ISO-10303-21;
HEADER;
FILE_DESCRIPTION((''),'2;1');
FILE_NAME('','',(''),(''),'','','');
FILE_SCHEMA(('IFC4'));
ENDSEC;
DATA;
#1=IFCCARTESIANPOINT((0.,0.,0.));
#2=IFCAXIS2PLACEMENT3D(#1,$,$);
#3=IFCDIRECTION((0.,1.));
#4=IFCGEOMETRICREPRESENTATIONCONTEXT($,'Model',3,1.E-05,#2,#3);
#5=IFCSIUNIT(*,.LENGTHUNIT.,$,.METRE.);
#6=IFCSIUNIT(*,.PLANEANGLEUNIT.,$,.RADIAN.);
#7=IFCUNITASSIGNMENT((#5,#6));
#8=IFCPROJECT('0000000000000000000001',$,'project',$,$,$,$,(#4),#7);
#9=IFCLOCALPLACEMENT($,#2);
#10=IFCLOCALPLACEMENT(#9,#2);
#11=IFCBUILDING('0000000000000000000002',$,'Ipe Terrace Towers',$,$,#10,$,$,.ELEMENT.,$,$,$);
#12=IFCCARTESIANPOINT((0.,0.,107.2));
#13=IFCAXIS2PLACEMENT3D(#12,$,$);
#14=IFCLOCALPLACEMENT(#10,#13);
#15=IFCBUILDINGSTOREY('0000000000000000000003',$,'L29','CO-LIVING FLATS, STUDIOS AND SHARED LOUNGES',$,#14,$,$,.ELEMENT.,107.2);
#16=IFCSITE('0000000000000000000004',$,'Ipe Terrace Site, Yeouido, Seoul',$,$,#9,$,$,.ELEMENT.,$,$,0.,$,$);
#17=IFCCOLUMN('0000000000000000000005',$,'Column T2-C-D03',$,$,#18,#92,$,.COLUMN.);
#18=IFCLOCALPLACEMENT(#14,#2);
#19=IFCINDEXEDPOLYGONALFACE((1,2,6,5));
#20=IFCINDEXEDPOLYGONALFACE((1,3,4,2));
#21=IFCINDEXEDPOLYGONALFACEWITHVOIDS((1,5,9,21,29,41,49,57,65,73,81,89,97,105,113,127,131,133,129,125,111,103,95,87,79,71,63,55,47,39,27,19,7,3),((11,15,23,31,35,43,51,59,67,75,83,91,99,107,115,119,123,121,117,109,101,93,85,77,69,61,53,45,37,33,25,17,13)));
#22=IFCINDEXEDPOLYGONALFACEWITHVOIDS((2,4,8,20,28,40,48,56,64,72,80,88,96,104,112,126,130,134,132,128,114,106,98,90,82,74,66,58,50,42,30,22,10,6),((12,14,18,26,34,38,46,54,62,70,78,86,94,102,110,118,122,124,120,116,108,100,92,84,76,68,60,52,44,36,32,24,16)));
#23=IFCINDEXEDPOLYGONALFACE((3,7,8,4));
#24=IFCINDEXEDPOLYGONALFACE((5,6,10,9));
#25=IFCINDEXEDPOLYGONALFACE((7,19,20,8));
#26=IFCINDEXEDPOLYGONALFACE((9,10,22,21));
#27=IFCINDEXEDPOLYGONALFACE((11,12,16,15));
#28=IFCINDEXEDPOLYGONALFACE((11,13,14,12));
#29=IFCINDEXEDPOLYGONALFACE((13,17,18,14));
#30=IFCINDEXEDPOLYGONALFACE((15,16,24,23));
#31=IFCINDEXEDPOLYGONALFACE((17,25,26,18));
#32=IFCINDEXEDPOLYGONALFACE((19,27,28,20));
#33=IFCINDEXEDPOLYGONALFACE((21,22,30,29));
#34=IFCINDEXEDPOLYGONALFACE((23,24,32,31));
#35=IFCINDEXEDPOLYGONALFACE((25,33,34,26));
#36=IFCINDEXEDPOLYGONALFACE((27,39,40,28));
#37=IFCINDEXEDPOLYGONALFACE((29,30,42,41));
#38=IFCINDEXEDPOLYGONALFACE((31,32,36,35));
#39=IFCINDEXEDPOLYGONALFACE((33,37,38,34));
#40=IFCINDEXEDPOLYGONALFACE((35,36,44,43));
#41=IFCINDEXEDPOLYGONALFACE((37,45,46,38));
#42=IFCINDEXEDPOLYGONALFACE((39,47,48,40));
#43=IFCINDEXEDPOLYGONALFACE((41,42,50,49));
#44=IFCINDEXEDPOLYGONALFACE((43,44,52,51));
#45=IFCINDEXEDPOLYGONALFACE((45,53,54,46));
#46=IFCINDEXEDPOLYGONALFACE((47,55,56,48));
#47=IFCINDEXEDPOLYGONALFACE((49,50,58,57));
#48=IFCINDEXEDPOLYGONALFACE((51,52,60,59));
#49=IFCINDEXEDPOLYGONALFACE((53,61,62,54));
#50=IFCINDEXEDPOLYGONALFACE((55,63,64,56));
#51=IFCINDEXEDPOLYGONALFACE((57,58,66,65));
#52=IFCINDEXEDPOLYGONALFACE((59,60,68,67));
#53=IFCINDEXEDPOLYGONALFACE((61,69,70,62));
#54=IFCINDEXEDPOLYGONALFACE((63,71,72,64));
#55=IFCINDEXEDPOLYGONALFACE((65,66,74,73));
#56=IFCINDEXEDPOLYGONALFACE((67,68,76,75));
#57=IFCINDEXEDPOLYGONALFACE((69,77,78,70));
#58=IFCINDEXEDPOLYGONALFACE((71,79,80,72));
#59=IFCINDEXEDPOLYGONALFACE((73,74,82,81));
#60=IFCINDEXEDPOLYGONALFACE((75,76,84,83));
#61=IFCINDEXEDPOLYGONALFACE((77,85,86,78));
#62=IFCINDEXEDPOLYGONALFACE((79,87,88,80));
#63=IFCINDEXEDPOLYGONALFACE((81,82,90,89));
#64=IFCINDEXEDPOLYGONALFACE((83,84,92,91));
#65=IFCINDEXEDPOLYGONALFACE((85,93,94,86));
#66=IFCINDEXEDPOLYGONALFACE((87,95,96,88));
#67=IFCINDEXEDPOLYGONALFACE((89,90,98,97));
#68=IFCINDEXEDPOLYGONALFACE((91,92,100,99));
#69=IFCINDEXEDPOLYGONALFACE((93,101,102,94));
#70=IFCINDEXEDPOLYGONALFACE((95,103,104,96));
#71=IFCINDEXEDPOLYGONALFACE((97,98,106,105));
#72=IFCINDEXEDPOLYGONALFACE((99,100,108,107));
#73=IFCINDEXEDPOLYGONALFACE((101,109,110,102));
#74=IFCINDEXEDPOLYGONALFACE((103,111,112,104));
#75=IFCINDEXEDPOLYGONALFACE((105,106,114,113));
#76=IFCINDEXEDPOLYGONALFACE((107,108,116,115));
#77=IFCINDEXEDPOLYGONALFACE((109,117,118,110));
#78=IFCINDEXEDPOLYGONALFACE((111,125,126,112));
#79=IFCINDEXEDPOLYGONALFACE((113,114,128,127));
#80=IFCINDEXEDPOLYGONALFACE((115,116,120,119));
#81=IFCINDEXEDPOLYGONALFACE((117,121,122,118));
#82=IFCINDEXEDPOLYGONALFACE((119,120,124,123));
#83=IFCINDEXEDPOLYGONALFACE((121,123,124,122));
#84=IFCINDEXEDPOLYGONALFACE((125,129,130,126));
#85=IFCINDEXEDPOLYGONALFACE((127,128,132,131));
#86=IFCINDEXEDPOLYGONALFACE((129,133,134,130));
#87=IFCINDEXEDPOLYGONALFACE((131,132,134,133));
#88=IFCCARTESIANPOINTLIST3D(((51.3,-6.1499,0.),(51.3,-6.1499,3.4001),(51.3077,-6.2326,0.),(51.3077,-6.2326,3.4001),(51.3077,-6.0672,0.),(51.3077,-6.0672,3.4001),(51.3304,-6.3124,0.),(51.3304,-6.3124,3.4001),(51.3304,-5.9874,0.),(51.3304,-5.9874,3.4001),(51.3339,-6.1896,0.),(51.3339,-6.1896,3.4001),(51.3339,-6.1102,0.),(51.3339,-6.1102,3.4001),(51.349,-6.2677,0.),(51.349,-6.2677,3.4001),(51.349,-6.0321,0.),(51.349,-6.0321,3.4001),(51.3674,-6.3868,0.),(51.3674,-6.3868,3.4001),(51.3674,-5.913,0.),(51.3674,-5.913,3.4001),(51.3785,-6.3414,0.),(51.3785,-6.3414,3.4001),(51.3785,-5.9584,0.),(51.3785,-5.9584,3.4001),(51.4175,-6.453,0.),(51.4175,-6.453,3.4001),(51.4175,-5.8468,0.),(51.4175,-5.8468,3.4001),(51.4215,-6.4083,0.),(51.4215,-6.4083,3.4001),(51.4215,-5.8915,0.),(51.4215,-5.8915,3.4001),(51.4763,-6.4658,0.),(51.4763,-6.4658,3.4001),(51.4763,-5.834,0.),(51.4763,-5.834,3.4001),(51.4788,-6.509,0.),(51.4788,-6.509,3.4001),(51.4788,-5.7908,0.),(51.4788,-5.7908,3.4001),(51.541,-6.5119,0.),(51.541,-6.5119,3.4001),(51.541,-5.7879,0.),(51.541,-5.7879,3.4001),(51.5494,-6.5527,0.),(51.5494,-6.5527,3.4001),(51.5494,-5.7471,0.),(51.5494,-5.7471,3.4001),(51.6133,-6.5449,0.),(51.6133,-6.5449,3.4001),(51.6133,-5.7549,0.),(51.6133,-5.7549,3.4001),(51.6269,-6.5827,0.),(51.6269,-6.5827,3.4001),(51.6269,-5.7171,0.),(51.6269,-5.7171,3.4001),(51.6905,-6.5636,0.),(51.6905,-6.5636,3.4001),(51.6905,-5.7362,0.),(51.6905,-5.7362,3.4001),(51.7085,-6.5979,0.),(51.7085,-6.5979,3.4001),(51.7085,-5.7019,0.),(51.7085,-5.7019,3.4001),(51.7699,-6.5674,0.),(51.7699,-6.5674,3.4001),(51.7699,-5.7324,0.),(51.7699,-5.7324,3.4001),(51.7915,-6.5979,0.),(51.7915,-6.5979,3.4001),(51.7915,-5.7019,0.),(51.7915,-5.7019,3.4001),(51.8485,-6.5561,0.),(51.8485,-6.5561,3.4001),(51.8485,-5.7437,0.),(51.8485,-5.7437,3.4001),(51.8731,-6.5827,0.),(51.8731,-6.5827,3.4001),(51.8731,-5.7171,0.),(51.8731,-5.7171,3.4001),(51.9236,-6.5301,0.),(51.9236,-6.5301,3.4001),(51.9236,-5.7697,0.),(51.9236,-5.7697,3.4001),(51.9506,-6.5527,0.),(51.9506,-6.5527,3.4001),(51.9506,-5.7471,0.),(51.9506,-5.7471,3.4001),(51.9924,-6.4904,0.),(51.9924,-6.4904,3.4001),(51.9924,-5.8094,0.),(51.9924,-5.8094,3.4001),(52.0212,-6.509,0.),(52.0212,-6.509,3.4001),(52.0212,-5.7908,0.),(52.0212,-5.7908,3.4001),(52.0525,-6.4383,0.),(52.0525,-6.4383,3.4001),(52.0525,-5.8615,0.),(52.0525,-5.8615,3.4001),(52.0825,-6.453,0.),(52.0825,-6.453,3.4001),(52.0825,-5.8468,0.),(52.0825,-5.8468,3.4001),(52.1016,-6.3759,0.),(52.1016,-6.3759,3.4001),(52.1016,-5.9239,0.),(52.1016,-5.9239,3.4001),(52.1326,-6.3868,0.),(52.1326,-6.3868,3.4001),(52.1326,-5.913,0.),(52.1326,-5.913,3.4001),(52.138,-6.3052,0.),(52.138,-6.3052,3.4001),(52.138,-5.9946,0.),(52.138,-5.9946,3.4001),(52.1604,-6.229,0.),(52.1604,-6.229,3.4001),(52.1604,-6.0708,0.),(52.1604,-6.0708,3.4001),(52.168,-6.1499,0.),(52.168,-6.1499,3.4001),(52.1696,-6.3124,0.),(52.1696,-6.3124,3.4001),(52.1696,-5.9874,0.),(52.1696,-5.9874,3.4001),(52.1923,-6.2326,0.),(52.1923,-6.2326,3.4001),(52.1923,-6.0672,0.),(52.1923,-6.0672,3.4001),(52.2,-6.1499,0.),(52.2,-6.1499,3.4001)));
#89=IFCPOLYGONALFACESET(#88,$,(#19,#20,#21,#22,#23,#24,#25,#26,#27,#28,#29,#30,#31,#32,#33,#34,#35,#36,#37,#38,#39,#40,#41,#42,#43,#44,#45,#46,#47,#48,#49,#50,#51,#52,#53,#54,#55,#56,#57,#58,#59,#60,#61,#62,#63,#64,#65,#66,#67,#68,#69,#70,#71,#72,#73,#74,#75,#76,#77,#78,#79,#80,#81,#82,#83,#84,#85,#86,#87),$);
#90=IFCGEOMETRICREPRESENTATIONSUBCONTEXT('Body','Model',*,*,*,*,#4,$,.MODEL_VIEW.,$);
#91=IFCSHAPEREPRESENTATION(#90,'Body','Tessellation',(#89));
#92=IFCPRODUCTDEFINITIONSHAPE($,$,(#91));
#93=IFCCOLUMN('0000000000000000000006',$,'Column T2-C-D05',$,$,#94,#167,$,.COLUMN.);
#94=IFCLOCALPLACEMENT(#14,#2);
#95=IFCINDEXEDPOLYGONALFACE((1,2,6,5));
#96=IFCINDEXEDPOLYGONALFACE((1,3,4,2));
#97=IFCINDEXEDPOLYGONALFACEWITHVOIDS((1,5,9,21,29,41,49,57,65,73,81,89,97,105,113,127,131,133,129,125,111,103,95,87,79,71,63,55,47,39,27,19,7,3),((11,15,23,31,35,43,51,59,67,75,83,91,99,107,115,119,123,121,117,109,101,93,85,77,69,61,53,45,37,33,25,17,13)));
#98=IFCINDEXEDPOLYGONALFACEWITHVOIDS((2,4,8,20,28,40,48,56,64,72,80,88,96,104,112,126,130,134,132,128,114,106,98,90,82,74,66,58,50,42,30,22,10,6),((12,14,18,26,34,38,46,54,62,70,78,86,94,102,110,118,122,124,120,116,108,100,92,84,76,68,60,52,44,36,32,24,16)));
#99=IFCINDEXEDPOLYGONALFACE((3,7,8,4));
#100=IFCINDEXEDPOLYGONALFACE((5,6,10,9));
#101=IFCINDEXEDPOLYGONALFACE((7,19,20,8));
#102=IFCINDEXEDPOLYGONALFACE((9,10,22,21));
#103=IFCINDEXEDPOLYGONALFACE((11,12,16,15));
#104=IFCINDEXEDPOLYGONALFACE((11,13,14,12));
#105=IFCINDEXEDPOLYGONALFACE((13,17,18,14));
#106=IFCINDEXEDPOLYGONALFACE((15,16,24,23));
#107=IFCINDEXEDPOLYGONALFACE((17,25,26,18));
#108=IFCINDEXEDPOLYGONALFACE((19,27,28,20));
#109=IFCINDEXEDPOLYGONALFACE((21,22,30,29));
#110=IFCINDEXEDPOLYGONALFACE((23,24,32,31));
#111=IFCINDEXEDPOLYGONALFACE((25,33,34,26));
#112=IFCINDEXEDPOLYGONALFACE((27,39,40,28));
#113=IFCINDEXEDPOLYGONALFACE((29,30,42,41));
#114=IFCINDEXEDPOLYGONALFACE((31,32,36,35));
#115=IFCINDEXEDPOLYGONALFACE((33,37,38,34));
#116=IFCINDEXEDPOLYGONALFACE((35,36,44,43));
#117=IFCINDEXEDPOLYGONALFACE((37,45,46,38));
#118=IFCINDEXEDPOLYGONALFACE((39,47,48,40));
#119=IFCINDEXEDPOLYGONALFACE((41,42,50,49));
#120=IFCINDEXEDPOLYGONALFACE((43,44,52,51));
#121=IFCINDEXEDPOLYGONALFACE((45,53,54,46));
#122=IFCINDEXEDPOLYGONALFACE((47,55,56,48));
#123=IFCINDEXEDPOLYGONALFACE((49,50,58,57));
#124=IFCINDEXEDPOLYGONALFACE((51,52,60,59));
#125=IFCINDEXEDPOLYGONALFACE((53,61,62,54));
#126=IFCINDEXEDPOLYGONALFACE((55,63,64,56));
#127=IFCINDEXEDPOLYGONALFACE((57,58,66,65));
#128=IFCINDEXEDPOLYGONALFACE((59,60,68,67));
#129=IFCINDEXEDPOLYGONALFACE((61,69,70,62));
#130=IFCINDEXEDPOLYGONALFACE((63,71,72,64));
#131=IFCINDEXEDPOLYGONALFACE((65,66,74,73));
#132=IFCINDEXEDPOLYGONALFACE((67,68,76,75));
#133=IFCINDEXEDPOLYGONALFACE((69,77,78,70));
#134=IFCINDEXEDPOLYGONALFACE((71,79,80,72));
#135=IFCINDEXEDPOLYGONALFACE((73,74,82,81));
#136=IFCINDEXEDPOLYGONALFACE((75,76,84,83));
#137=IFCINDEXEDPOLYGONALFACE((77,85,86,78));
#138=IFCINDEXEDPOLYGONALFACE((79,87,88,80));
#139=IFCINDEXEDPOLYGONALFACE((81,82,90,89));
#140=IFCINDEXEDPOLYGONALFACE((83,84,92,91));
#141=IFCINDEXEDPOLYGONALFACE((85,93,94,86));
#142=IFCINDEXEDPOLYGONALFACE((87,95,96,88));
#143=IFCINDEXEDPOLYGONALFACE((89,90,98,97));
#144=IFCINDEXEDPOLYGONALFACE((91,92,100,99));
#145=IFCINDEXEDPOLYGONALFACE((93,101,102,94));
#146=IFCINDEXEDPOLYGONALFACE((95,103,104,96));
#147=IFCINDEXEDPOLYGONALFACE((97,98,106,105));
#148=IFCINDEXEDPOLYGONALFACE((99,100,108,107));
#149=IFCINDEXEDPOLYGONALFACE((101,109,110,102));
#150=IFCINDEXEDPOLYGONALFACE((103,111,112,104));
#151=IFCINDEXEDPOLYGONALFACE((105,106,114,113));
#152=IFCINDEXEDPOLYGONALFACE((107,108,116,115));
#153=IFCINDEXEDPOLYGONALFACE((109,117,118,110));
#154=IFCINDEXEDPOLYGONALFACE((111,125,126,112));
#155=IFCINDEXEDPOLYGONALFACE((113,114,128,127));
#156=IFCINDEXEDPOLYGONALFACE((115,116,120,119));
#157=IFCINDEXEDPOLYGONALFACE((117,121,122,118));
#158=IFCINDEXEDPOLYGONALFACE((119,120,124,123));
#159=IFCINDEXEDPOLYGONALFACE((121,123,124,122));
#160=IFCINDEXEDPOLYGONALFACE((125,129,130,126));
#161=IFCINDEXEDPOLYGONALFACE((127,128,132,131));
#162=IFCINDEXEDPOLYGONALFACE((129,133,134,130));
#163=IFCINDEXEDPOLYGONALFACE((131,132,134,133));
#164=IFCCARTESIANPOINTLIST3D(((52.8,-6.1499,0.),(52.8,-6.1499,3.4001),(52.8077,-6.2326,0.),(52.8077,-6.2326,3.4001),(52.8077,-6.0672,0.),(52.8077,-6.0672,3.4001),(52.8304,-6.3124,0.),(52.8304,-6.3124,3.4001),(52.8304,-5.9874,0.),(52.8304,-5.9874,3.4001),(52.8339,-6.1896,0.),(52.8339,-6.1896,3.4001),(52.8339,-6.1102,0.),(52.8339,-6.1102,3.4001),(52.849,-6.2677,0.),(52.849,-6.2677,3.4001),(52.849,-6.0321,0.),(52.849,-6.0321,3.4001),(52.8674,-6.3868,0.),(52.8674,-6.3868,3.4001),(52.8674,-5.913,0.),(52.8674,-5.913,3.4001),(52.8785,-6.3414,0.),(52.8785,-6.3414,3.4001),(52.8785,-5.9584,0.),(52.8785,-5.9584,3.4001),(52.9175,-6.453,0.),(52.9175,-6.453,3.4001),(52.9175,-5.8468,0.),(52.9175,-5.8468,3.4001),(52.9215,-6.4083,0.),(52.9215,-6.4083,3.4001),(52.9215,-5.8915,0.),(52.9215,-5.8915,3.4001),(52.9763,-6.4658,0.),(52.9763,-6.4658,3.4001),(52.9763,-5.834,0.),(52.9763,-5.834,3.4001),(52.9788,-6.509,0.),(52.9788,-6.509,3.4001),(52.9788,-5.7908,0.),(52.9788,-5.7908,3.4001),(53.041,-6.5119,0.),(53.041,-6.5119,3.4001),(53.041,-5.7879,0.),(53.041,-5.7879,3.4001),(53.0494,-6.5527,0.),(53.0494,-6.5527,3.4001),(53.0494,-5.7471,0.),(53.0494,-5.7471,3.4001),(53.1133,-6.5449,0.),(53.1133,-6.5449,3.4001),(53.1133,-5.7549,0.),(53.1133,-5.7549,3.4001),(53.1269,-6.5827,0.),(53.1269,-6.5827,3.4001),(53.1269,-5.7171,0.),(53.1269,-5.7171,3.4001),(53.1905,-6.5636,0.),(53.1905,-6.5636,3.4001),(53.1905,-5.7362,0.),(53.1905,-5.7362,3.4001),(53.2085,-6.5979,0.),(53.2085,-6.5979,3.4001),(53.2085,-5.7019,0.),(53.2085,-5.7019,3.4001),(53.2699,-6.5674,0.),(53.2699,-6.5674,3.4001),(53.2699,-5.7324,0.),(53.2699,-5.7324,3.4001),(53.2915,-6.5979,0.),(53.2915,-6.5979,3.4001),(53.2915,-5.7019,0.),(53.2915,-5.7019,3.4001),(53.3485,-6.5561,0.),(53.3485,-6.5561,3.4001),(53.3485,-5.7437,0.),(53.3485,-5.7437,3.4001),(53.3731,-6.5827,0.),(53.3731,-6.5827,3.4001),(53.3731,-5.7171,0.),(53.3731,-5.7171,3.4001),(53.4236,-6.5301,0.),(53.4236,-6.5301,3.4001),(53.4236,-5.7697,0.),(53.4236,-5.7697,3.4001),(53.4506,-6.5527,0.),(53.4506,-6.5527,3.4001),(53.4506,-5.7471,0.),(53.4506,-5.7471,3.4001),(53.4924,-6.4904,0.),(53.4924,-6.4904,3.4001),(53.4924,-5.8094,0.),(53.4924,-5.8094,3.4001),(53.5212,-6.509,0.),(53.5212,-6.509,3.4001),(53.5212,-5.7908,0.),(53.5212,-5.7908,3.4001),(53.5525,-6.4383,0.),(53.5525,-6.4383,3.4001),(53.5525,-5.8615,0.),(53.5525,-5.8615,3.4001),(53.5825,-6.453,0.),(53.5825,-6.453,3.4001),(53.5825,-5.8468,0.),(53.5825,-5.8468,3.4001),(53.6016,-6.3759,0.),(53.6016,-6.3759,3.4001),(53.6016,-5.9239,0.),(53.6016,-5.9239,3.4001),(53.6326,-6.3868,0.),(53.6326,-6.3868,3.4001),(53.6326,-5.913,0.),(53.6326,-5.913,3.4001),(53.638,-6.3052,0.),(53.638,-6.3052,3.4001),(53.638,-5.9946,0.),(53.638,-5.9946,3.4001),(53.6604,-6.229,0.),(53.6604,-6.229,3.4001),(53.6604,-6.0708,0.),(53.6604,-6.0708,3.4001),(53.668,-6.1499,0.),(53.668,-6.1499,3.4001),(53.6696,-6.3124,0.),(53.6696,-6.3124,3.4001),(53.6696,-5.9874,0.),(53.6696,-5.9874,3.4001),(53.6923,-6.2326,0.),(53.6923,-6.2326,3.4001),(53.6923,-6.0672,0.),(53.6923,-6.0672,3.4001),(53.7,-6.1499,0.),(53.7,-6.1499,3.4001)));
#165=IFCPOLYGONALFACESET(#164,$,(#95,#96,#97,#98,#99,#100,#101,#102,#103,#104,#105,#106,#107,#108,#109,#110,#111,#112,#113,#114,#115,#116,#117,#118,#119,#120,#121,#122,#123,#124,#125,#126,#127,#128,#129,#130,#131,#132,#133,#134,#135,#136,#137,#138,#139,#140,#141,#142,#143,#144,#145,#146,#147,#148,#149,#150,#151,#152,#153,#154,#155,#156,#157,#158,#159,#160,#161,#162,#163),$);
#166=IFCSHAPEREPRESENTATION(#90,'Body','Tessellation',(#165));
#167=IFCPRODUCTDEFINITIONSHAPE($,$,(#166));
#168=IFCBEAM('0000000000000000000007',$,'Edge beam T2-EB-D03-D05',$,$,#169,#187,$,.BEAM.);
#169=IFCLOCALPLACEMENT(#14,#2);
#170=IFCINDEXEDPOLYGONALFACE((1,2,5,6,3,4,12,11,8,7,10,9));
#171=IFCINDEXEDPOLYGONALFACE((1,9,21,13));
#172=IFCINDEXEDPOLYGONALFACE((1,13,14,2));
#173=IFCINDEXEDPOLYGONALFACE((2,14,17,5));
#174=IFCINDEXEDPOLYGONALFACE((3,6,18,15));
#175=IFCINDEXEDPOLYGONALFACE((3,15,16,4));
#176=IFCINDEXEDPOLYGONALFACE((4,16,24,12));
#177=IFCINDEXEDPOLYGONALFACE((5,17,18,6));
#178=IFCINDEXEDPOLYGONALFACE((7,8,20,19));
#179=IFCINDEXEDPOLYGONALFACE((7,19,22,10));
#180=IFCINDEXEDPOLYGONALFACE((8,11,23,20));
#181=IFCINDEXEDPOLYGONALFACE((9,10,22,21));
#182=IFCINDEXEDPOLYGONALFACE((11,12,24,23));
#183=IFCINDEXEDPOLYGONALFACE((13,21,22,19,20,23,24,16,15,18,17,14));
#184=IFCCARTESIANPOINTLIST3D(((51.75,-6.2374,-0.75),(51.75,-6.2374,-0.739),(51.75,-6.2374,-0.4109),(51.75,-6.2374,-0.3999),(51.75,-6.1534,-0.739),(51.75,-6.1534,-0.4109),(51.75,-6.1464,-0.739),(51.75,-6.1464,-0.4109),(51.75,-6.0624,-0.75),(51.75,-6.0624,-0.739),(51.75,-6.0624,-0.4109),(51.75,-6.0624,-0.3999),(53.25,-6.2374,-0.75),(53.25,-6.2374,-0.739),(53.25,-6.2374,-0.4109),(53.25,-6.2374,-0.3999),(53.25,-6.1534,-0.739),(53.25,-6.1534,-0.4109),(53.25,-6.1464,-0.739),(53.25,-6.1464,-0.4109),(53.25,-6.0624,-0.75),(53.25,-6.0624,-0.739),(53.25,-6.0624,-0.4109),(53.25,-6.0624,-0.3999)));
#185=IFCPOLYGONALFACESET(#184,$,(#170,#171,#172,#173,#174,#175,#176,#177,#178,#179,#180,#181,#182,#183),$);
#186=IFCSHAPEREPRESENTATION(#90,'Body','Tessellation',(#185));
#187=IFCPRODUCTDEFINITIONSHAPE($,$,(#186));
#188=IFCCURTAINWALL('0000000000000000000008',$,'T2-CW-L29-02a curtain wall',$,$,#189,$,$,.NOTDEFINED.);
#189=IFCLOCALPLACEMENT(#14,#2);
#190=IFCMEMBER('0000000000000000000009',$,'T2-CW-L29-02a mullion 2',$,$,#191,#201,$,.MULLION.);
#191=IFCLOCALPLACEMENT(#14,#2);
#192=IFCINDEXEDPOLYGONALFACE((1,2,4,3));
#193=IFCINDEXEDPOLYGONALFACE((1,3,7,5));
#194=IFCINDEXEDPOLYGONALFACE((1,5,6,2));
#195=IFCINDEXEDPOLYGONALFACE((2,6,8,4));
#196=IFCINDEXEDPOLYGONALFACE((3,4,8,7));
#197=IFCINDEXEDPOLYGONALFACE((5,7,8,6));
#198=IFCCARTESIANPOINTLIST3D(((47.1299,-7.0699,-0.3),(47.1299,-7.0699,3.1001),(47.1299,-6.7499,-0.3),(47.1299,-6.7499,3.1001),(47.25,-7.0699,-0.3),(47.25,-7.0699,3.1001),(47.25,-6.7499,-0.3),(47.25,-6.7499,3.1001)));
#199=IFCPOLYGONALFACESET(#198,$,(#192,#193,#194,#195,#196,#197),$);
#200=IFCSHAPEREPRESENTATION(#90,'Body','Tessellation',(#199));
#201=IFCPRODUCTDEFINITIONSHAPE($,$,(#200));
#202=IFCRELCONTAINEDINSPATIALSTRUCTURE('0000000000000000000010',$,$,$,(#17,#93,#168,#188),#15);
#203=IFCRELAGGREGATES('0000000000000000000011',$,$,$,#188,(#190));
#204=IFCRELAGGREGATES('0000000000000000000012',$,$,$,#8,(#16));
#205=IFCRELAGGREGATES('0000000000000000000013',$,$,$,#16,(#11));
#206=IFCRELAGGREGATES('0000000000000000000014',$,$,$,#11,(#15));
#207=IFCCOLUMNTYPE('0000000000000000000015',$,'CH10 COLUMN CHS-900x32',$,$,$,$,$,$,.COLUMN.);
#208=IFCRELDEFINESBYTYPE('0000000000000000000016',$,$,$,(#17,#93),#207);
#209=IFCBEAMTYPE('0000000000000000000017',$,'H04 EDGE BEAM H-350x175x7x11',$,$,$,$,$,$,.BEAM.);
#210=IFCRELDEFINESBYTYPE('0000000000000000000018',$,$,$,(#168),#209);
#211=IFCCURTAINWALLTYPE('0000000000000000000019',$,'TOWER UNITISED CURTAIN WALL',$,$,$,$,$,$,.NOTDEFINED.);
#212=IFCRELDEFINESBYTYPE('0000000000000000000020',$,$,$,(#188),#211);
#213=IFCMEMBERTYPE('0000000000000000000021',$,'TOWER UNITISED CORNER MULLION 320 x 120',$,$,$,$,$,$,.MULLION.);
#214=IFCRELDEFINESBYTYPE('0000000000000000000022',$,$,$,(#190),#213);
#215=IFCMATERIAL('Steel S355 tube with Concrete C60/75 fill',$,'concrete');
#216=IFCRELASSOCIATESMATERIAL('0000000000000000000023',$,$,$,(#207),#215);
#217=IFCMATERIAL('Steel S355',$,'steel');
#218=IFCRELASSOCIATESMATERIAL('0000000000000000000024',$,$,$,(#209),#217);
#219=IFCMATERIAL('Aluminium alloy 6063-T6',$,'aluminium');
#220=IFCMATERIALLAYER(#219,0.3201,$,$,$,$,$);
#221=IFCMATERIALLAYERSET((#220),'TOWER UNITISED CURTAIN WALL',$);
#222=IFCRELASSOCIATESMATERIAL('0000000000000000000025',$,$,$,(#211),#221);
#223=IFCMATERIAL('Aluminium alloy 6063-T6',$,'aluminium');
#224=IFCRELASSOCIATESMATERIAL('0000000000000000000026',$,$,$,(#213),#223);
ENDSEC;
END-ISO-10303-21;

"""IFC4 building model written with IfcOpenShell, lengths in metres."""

from ifc_helpers import new_model, si_unit, direction, frame, origin, origin_2d, place, context, subcontext, project, spatial, rectangle, hollow_circle, i_section, extrude, material, layer, layer_set, material_profile, profile_set, type_object, element, aggregate, save


model = new_model("IFC4")

# Units and contexts
model_context = context("Model", 3, precision=1e-05, world=origin(), true_north=direction((0.0, 1.0)))
body_context = subcontext(model_context, "Body", "Model", "MODEL_VIEW")
ifc_project = project(units=[si_unit("LENGTHUNIT", "METRE"), si_unit("PLANEANGLEUNIT", "RADIAN")], contexts=[model_context])

# Site, building, storey
site_placement = place(None, origin())
site = spatial("IfcSite", under=ifc_project, at=site_placement, Name="Ipe Terrace Site, Yeouido, Seoul", CompositionType="ELEMENT", RefElevation=0.0)
building_placement = place(site_placement, origin())
building = spatial("IfcBuilding", under=site, at=building_placement, Name="Ipe Terrace Towers", CompositionType="ELEMENT")
storey_placement = place(building_placement, frame((0.0, 0.0, 107.2)))
storey = spatial("IfcBuildingStorey", under=building, at=storey_placement, Name="L29", Description="CO-LIVING FLATS, STUDIOS AND SHARED LOUNGES", CompositionType="ELEMENT", Elevation=107.2)

# Columns
ifc_material_1 = material(Name="Steel S355 tube with Concrete C60/75 fill", Category="concrete")
ifc_material_profile_1 = material_profile(ifc_material_1, hollow_circle(Radius=0.45, WallThickness=0.032, at=origin_2d()), Name="CHS-900x32")
ifc_profile_set_1 = profile_set([ifc_material_profile_1], Name="Steel S355 tube with Concrete C60/75 fill")
column_type = type_object("IfcColumnType", Name="CH10 COLUMN CHS-900x32", PredefinedType="COLUMN", material=ifc_profile_set_1)
for number, where, z_axis, x_axis, name in (
    (1, (51.75, -6.1499, 0.0), (0.0, 0.0, 1.0), (1.0, 0.0, 0.0), "Column T2-C-D03"),
    (2, (53.25, -6.1499, 0.0), (0.0, 0.0, 1.0), (1.0, 0.0, 0.0), "Column T2-C-D05"),
):
    element("IfcColumn", number, at=place(storey_placement, frame(where, z_axis=z_axis, x_axis=x_axis)), inside=storey, type_object=column_type, Name=name, PredefinedType="COLUMN", context=body_context, shape_type="SweptSolid", body=[
        extrude(hollow_circle(Radius=0.45, WallThickness=0.032, at=origin_2d()), origin(), (0.0, 0.0, 1.0), 3.4001),
    ])

# Beam
ifc_material_2 = material(Name="Steel S355", Category="steel")
ifc_material_profile_2 = material_profile(ifc_material_2, i_section(OverallWidth=0.175, OverallDepth=0.3501, WebThickness=0.0071, FlangeThickness=0.011, at=origin_2d()), Name="H-350x175x7x11")
ifc_profile_set_2 = profile_set([ifc_material_profile_2], Name="Steel S355")
beam_type = type_object("IfcBeamType", Name="H04 EDGE BEAM H-350x175x7x11", PredefinedType="BEAM", material=ifc_profile_set_2)
beam_placement = place(storey_placement, frame((51.75, -6.1499, -0.575), z_axis=(1.0, 0.0, 0.0), x_axis=(0.0, 1.0, 0.0)))
element("IfcBeam", 3, at=beam_placement, inside=storey, type_object=beam_type, Name="Edge beam T2-EB-D03-D05", PredefinedType="BEAM", context=body_context, shape_type="SweptSolid", body=[
    extrude(i_section(OverallWidth=0.175, OverallDepth=0.3501, WebThickness=0.0071, FlangeThickness=0.011, at=origin_2d()), origin(), (0.0, 0.0, 1.0), 1.5),
])

# Curtain wall, member
ifc_material_3 = material(Name="Aluminium alloy 6063-T6", Category="aluminium")
ifc_layer_1 = layer(ifc_material_3, 0.3201)
ifc_layer_set_1 = layer_set([ifc_layer_1], Name="TOWER UNITISED CURTAIN WALL")
curtain_wall_type = type_object("IfcCurtainWallType", Name="TOWER UNITISED CURTAIN WALL", PredefinedType="NOTDEFINED", material=ifc_layer_set_1)
curtain_wall_1_placement = place(storey_placement, origin())
curtain_wall_1 = element("IfcCurtainWall", 4, at=curtain_wall_1_placement, inside=storey, type_object=curtain_wall_type, Name="T2-CW-L29-02a curtain wall", PredefinedType="NOTDEFINED")
ifc_material_4 = material(Name="Aluminium alloy 6063-T6", Category="aluminium")
ifc_material_profile_3 = material_profile(ifc_material_4, rectangle(XDim=0.3201, YDim=0.1201, at=origin_2d()), Name="TOWER UNITISED CORNER MULLION 320 x 120")
ifc_profile_set_3 = profile_set([ifc_material_profile_3], Name="Aluminium alloy 6063-T6")
member_type_1 = type_object("IfcMemberType", Name="TOWER UNITISED CORNER MULLION 320 x 120", PredefinedType="MULLION", material=ifc_profile_set_3)
member_1_placement = place(storey_placement, frame((47.1899, -6.9099, -0.3), z_axis=(0.0, 0.0, 1.0), x_axis=(0.0, -1.0, 0.0)))
member_1 = element("IfcMember", 5, at=member_1_placement, type_object=member_type_1, Name="T2-CW-L29-02a mullion 2", PredefinedType="MULLION", context=body_context, shape_type="SweptSolid", body=[
    extrude(rectangle(XDim=0.3201, YDim=0.1201, at=origin_2d()), origin(), (0.0, 0.0, 1.0), 3.4001),
])

aggregate(curtain_wall_1, [member_1])

save(model, "model.ifc")
